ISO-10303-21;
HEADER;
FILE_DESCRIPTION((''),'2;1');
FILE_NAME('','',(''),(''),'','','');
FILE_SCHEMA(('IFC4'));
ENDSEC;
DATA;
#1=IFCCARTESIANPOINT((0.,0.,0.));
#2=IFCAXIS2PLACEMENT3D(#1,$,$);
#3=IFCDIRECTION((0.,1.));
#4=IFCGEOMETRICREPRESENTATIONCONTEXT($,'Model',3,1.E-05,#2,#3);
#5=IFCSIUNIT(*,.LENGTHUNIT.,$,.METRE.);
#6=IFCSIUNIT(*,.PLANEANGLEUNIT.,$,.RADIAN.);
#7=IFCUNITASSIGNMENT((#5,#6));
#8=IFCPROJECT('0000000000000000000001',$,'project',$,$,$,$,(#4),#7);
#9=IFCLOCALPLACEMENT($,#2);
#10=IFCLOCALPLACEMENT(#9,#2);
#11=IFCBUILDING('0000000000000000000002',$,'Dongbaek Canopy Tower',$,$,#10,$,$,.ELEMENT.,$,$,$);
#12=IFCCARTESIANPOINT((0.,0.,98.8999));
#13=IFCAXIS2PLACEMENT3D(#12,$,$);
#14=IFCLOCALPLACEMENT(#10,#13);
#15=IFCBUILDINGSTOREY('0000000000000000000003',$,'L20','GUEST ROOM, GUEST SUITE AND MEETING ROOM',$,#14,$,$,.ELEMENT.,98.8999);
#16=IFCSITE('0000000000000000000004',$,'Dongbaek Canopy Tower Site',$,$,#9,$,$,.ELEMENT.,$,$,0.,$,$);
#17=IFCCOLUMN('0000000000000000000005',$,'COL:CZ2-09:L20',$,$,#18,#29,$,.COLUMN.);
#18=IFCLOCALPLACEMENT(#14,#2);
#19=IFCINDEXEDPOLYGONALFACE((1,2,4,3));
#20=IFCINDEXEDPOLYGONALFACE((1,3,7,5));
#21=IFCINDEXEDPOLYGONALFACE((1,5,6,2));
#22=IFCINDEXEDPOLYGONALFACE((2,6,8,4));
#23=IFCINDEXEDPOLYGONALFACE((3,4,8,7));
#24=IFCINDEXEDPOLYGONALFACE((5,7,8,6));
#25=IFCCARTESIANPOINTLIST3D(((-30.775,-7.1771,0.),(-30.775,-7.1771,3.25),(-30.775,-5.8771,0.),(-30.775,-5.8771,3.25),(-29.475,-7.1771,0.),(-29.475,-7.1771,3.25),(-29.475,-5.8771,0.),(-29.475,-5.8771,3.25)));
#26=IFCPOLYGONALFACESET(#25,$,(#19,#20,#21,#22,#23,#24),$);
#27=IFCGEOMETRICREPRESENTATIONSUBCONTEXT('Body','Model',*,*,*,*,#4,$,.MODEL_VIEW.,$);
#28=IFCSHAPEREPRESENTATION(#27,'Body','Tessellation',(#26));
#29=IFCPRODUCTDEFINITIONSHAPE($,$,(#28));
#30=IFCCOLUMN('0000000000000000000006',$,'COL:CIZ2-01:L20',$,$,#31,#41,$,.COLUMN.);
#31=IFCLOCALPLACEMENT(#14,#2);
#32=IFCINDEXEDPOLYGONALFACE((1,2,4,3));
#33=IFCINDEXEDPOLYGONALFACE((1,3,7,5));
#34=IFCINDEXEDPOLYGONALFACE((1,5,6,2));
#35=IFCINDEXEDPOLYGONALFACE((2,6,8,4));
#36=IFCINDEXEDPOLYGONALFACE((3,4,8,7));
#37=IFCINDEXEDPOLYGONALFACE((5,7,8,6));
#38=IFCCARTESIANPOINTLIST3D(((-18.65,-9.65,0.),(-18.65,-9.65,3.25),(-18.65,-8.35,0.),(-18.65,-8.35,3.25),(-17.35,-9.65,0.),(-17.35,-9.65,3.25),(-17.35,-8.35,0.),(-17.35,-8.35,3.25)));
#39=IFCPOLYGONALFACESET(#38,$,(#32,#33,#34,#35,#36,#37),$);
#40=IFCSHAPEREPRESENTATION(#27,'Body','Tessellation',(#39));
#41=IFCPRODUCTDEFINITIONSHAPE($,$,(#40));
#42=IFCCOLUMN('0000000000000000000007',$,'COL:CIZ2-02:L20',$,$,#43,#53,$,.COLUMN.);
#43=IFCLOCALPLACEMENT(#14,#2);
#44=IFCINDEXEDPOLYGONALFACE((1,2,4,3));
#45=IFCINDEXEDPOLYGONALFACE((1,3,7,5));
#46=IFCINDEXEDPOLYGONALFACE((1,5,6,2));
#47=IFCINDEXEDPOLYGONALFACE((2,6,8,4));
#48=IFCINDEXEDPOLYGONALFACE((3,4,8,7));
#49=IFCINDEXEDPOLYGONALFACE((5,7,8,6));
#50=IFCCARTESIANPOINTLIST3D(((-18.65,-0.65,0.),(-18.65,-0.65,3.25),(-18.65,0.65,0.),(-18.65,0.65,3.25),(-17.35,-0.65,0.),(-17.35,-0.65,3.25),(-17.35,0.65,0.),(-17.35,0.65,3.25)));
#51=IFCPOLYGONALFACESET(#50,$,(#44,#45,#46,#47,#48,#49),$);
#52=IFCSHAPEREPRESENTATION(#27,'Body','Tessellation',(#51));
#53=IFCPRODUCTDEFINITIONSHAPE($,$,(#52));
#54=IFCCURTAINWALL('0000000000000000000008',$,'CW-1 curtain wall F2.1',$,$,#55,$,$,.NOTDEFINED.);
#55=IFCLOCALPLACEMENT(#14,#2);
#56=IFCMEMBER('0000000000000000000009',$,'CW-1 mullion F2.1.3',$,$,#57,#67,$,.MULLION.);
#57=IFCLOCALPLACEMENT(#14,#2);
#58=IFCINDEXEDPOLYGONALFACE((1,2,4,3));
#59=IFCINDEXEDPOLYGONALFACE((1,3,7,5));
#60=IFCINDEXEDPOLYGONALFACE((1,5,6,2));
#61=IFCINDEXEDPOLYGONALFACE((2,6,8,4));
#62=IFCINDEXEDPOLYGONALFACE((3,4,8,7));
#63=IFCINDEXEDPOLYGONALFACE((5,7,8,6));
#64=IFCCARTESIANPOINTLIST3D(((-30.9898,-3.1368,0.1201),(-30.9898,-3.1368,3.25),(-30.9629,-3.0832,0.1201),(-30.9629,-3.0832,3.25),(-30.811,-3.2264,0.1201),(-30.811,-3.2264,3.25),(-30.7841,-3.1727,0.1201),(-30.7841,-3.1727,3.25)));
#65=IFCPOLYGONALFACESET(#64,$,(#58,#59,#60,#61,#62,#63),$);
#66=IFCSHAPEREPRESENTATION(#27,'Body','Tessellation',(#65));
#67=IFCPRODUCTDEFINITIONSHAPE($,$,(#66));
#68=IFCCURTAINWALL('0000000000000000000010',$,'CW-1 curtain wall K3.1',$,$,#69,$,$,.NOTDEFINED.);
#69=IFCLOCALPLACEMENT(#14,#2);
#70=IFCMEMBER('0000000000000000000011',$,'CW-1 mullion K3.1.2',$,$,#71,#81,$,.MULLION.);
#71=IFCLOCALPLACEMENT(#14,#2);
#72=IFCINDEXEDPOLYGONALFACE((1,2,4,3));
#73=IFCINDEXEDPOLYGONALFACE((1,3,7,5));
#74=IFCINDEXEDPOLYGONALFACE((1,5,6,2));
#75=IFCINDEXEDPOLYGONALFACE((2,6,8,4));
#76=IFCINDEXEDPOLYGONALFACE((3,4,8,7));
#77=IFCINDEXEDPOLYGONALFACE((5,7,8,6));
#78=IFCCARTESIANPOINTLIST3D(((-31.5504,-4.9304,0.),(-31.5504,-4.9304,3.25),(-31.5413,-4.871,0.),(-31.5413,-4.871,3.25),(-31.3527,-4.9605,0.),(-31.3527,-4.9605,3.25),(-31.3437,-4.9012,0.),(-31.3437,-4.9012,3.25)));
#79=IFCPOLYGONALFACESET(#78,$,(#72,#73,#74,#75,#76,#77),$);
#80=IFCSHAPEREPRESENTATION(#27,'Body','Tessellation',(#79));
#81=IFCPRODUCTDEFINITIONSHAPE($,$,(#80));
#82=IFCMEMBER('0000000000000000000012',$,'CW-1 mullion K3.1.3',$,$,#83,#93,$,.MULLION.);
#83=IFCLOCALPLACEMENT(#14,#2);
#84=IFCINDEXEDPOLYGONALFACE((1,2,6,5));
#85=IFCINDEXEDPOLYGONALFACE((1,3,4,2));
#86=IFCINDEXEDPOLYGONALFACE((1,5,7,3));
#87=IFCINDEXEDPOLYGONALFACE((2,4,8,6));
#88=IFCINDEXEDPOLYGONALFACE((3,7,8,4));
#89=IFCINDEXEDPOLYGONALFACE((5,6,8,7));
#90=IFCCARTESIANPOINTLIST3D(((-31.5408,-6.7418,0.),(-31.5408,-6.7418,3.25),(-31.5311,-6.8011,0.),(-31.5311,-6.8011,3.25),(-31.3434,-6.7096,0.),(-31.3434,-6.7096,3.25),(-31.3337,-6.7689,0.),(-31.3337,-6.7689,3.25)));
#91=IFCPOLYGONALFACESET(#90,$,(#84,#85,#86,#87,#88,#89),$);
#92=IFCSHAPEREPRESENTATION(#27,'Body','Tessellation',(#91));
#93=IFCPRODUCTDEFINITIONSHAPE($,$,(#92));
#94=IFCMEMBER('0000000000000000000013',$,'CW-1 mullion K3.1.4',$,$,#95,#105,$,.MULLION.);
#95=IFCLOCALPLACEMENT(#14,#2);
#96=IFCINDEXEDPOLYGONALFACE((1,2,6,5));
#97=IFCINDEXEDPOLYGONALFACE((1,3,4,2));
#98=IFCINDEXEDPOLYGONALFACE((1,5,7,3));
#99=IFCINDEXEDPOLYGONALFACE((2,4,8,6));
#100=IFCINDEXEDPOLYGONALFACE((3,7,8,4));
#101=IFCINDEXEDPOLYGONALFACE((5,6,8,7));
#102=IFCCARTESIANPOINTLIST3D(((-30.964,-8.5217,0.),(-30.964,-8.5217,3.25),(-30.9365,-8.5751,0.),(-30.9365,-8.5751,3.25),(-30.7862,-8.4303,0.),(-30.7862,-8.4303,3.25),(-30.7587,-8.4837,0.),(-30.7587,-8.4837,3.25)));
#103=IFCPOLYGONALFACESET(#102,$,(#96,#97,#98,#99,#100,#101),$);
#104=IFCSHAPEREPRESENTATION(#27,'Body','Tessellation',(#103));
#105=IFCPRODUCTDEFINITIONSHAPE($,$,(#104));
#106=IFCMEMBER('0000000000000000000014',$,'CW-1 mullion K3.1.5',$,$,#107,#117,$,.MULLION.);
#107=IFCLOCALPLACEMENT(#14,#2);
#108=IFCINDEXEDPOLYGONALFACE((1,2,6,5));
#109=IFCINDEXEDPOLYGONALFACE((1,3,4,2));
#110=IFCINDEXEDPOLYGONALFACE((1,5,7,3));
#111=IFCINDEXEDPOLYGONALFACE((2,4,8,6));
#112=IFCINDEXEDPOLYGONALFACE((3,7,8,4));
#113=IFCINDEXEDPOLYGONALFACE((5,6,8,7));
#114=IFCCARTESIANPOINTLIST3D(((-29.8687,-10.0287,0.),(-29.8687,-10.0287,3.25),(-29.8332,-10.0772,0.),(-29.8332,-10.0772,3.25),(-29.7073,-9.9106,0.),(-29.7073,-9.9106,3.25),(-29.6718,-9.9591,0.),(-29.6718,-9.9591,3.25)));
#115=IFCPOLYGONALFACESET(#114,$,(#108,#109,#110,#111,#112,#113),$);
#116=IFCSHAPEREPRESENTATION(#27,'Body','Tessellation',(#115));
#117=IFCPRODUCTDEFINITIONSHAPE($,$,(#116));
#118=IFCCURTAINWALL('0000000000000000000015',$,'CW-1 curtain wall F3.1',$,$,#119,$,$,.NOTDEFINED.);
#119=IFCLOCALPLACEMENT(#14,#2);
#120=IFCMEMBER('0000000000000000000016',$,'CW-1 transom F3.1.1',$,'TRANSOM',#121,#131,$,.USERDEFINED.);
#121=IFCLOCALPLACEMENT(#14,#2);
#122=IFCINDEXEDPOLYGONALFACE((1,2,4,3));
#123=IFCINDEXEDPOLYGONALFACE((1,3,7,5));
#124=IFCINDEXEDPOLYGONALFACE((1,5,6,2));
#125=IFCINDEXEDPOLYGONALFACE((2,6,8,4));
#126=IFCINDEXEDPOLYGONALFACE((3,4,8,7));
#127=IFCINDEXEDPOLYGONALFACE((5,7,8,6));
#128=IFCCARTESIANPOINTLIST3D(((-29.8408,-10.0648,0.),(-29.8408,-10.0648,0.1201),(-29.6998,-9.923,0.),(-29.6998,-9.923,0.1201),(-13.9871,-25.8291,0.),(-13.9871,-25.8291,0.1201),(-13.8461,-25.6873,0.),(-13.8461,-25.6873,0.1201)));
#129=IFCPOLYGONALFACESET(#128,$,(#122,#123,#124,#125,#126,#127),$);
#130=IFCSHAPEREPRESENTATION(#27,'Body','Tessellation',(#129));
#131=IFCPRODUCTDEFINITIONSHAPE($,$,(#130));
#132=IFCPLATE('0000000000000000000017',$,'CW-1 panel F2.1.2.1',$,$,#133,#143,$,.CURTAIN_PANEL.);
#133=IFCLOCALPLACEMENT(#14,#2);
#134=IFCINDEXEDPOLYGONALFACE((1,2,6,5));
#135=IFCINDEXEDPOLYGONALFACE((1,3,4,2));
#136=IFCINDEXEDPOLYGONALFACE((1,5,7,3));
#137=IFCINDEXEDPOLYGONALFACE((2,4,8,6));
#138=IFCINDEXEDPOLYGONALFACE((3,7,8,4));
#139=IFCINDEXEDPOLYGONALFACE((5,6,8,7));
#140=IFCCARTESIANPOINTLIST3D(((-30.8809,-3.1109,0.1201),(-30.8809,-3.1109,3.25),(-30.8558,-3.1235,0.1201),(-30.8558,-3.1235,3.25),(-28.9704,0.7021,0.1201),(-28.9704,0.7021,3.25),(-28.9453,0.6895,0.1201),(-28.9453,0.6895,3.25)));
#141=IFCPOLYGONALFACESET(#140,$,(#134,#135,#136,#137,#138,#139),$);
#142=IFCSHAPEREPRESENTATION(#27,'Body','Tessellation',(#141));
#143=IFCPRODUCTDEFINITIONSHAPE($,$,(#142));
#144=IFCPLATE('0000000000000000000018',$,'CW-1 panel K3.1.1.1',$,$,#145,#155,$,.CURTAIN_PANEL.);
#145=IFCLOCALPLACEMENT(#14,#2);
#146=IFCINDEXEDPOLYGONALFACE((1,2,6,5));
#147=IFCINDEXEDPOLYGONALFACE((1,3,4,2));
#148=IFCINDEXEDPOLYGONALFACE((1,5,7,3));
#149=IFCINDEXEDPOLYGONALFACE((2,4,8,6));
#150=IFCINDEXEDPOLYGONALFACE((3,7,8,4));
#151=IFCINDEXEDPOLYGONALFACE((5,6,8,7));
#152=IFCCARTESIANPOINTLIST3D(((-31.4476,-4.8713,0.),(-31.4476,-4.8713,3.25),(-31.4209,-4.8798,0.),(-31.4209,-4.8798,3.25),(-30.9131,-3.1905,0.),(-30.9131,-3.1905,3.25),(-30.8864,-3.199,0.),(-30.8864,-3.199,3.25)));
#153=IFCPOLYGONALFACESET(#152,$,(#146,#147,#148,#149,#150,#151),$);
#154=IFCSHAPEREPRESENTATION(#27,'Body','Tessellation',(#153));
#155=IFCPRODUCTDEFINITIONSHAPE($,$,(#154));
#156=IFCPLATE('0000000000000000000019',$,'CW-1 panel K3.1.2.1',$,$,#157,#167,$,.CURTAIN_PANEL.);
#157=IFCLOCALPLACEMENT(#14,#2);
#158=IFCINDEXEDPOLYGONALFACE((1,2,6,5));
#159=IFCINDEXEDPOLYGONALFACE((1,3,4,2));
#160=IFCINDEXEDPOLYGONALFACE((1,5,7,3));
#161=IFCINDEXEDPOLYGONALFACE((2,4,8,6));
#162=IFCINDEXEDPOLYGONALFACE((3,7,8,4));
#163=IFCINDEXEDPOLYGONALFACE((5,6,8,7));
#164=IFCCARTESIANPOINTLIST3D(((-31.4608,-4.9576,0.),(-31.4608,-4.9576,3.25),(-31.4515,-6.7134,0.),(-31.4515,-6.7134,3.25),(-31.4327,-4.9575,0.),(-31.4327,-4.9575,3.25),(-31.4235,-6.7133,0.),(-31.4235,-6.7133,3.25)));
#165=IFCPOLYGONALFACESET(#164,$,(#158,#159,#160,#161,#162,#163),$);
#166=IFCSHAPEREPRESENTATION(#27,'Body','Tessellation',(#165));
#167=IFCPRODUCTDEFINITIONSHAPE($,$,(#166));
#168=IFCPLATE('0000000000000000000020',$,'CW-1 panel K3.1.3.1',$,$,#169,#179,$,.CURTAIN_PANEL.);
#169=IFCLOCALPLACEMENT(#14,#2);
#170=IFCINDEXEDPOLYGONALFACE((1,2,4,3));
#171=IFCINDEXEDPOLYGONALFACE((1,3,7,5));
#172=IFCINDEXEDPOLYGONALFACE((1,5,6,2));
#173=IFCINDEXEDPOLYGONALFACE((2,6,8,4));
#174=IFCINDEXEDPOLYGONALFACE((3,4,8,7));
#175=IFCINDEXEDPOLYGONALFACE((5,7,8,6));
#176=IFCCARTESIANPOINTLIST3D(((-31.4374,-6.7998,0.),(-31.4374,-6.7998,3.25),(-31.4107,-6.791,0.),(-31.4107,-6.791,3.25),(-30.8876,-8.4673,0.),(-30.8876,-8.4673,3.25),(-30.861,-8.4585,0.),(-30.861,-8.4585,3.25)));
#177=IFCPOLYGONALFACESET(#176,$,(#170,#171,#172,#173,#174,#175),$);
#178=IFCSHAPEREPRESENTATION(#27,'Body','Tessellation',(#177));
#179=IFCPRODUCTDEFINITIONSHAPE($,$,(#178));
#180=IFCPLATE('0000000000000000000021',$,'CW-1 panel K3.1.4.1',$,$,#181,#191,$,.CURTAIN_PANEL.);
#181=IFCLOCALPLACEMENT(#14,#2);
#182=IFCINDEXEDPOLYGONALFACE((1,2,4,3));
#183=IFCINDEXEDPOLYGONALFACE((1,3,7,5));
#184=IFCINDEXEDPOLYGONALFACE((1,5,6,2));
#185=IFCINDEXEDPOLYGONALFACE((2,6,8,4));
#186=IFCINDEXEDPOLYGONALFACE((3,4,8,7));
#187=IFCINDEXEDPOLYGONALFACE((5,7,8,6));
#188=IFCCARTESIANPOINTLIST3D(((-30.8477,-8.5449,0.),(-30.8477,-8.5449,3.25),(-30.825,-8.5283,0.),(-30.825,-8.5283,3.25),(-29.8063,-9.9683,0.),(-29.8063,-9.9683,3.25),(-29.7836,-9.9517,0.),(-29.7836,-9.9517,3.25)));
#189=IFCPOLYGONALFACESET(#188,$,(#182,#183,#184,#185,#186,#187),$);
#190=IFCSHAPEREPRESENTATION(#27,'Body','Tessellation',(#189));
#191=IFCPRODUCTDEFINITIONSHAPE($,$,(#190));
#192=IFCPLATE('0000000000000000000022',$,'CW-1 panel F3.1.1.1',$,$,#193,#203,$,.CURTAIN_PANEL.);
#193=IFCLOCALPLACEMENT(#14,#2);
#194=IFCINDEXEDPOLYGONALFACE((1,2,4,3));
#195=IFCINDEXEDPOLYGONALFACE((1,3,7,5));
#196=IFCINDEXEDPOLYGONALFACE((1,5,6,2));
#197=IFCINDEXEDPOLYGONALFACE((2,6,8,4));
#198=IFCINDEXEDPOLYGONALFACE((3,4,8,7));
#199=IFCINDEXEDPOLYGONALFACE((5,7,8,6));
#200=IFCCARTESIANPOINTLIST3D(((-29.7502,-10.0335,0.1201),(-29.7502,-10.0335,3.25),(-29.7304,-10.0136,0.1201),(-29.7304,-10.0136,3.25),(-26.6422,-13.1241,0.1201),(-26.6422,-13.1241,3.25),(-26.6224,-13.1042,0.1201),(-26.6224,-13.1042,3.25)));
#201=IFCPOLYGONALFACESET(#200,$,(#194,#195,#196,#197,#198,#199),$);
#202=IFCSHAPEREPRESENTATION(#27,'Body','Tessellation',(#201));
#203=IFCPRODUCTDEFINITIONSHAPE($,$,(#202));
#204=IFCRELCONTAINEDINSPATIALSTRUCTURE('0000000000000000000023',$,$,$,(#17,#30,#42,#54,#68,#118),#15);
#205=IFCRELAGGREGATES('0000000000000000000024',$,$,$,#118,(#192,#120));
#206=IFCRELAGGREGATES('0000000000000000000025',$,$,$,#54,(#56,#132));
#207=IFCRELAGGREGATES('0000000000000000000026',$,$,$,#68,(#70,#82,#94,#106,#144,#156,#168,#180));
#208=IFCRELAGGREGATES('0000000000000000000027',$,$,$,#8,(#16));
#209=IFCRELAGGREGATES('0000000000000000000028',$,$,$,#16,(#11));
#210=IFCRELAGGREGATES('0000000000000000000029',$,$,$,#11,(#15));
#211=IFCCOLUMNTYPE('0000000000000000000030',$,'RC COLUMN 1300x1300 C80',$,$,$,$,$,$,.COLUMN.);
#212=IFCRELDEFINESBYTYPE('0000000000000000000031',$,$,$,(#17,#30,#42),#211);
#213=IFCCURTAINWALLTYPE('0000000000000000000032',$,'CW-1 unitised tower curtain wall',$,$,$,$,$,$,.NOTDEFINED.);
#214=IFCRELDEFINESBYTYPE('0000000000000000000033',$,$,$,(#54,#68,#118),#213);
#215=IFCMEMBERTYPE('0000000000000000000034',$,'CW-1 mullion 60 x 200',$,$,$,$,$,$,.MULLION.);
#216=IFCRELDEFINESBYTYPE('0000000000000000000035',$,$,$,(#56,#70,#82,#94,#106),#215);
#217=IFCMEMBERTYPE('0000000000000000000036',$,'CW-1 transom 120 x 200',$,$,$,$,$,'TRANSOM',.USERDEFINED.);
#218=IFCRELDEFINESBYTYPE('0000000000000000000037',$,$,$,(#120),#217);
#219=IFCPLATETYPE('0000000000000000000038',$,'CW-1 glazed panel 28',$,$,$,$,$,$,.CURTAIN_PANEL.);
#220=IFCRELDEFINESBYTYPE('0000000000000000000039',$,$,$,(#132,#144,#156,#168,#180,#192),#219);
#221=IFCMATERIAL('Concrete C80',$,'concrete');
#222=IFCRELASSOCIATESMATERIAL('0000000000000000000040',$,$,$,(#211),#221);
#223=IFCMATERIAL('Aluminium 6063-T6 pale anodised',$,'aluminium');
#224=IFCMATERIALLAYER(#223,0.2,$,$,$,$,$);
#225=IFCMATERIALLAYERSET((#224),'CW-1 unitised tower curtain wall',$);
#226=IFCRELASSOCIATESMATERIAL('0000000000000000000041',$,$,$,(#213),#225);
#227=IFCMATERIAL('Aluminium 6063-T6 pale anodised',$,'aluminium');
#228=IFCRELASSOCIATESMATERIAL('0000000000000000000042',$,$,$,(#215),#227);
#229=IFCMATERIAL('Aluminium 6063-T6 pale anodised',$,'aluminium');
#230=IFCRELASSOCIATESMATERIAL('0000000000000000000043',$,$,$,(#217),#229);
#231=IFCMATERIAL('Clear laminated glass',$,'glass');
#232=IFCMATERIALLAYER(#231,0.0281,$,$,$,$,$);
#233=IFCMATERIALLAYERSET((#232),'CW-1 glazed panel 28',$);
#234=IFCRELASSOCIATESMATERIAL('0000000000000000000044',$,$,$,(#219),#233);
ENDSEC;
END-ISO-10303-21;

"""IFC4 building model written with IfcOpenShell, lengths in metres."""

from ifc_helpers import new_model, si_unit, direction, frame, origin, origin_2d, place, context, subcontext, project, spatial, rectangle, extrude, material, layer, layer_set, material_profile, profile_set, type_object, element, aggregate, save


model = new_model("IFC4")

# Units and contexts
model_context = context("Model", 3, precision=1e-05, world=origin(), true_north=direction((0.0, 1.0)))
body_context = subcontext(model_context, "Body", "Model", "MODEL_VIEW")
ifc_project = project(units=[si_unit("LENGTHUNIT", "METRE"), si_unit("PLANEANGLEUNIT", "RADIAN")], contexts=[model_context])

# Site, building, storey
site_placement = place(None, origin())
site = spatial("IfcSite", under=ifc_project, at=site_placement, Name="Dongbaek Canopy Tower Site", CompositionType="ELEMENT", RefElevation=0.0)
building_placement = place(site_placement, origin())
building = spatial("IfcBuilding", under=site, at=building_placement, Name="Dongbaek Canopy Tower", CompositionType="ELEMENT")
storey_placement = place(building_placement, frame((0.0, 0.0, 98.8999)))
storey = spatial("IfcBuildingStorey", under=building, at=storey_placement, Name="L20", Description="GUEST ROOM, GUEST SUITE AND MEETING ROOM", CompositionType="ELEMENT", Elevation=98.8999)

# Columns
ifc_material_1 = material(Name="Concrete C80", Category="concrete")
ifc_material_profile_1 = material_profile(ifc_material_1, rectangle(XDim=1.3, YDim=1.3, at=origin_2d()), Name="RC COLUMN 1300x1300 C80")
ifc_profile_set_1 = profile_set([ifc_material_profile_1], Name="Concrete C80")
column_type = type_object("IfcColumnType", Name="RC COLUMN 1300x1300 C80", PredefinedType="COLUMN", material=ifc_profile_set_1)
for number, where, z_axis, x_axis, name in (
    (1, (-30.125, -6.5271, 0.0), (0.0, 0.0, 1.0), (1.0, 0.0, 0.0), "COL:CZ2-09:L20"),
    (2, (-18.0, -9.0, 0.0), (0.0, 0.0, 1.0), (1.0, 0.0, 0.0), "COL:CIZ2-01:L20"),
    (3, (-18.0, 0.0, 0.0), (0.0, 0.0, 1.0), (1.0, 0.0, 0.0), "COL:CIZ2-02:L20"),
):
    element("IfcColumn", number, at=place(storey_placement, frame(where, z_axis=z_axis, x_axis=x_axis)), inside=storey, type_object=column_type, Name=name, PredefinedType="COLUMN", context=body_context, shape_type="SweptSolid", body=[
        extrude(rectangle(XDim=1.3, YDim=1.3, at=origin_2d()), origin(), (0.0, 0.0, 1.0), 3.25),
    ])

# Curtain wall, member
ifc_material_2 = material(Name="Aluminium 6063-T6 pale anodised", Category="aluminium")
ifc_layer_1 = layer(ifc_material_2, 0.2)
ifc_layer_set_1 = layer_set([ifc_layer_1], Name="CW-1 unitised tower curtain wall")
curtain_wall_type = type_object("IfcCurtainWallType", Name="CW-1 unitised tower curtain wall", PredefinedType="NOTDEFINED", material=ifc_layer_set_1)
curtain_wall_1_placement = place(storey_placement, origin())
curtain_wall_1 = element("IfcCurtainWall", 4, at=curtain_wall_1_placement, inside=storey, type_object=curtain_wall_type, Name="CW-1 curtain wall F2.1", PredefinedType="NOTDEFINED")
ifc_material_3 = material(Name="Aluminium 6063-T6 pale anodised", Category="aluminium")
ifc_material_profile_2 = material_profile(ifc_material_3, rectangle(XDim=0.2, YDim=0.0601, at=origin_2d()), Name="CW-1 mullion 60 x 200")
ifc_profile_set_2 = profile_set([ifc_material_profile_2], Name="Aluminium 6063-T6 pale anodised")
member_type_1 = type_object("IfcMemberType", Name="CW-1 mullion 60 x 200", PredefinedType="MULLION", material=ifc_profile_set_2)
member_1_placement = place(storey_placement, frame((-30.887, -3.1548, 0.1201), z_axis=(0.0, 0.0, 1.0), x_axis=(-0.894056, 0.447956, 0.0)))
member_1 = element("IfcMember", 5, at=member_1_placement, type_object=member_type_1, Name="CW-1 mullion F2.1.3", PredefinedType="MULLION", context=body_context, shape_type="SweptSolid", body=[
    extrude(rectangle(XDim=0.2, YDim=0.0601, at=origin_2d()), origin(), (0.0, 0.0, 1.0), 3.1299),
])

# Curtain wall, members
curtain_wall_2_placement = place(storey_placement, origin())
curtain_wall_2 = element("IfcCurtainWall", 6, at=curtain_wall_2_placement, inside=storey, type_object=curtain_wall_type, Name="CW-1 curtain wall K3.1", PredefinedType="NOTDEFINED")
member_2_placement = place(storey_placement, frame((-31.447, -4.9158, 0.0), z_axis=(0.0, 0.0, 1.0), x_axis=(-0.988576, 0.150725, 0.0)))
member_2 = element("IfcMember", 7, at=member_2_placement, type_object=member_type_1, Name="CW-1 mullion K3.1.2", PredefinedType="MULLION", context=body_context, shape_type="SweptSolid", body=[
    extrude(rectangle(XDim=0.2, YDim=0.0601, at=origin_2d()), origin(), (0.0, 0.0, 1.0), 3.25),
])
member_3_placement = place(storey_placement, frame((-31.4373, -6.7554, 0.0), z_axis=(0.0, 0.0, 1.0), x_axis=(-0.986927, -0.161168, 0.0)))
member_3 = element("IfcMember", 8, at=member_3_placement, type_object=member_type_1, Name="CW-1 mullion K3.1.3", PredefinedType="MULLION", context=body_context, shape_type="SweptSolid", body=[
    extrude(rectangle(XDim=0.2, YDim=0.0601, at=origin_2d()), origin(), (0.0, 0.0, 1.0), 3.25),
])
member_4_placement = place(storey_placement, frame((-30.8613, -8.5027, 0.0), z_axis=(0.0, 0.0, 1.0), x_axis=(-0.88927, -0.457382, 0.0)))
member_4 = element("IfcMember", 9, at=member_4_placement, type_object=member_type_1, Name="CW-1 mullion K3.1.4", PredefinedType="MULLION", context=body_context, shape_type="SweptSolid", body=[
    extrude(rectangle(XDim=0.2, YDim=0.0601, at=origin_2d()), origin(), (0.0, 0.0, 1.0), 3.25),
])
member_5_placement = place(storey_placement, frame((-29.7703, -9.9939, 0.0), z_axis=(0.0, 0.0, 1.0), x_axis=(-0.807062, -0.590467, 0.0)))
member_5 = element("IfcMember", 10, at=member_5_placement, type_object=member_type_1, Name="CW-1 mullion K3.1.5", PredefinedType="MULLION", context=body_context, shape_type="SweptSolid", body=[
    extrude(rectangle(XDim=0.2, YDim=0.0601, at=origin_2d()), origin(), (0.0, 0.0, 1.0), 3.25),
])

# Curtain wall, member
curtain_wall_3_placement = place(storey_placement, origin())
curtain_wall_3 = element("IfcCurtainWall", 11, at=curtain_wall_3_placement, inside=storey, type_object=curtain_wall_type, Name="CW-1 curtain wall F3.1", PredefinedType="NOTDEFINED")
ifc_material_4 = material(Name="Aluminium 6063-T6 pale anodised", Category="aluminium")
ifc_material_profile_3 = material_profile(ifc_material_4, rectangle(XDim=0.2, YDim=0.1201, at=origin_2d()), Name="CW-1 transom 120 x 200")
ifc_profile_set_3 = profile_set([ifc_material_profile_3], Name="Aluminium 6063-T6 pale anodised")
member_type_2 = type_object("IfcMemberType", Name="CW-1 transom 120 x 200", ElementType="TRANSOM", PredefinedType="USERDEFINED", material=ifc_profile_set_3)
member_6_placement = place(storey_placement, frame((-29.7703, -9.9939, 0.0601), z_axis=(0.709102, -0.705106, 0.0), x_axis=(0.705106, 0.709102, 0.0)))
member_6 = element("IfcMember", 12, at=member_6_placement, type_object=member_type_2, Name="CW-1 transom F3.1.1", ObjectType="TRANSOM", PredefinedType="USERDEFINED", context=body_context, shape_type="SweptSolid", body=[
    extrude(rectangle(XDim=0.2, YDim=0.1201, at=origin_2d()), origin(), (0.0, 0.0, 1.0), 22.3574),
])

# Plates
ifc_material_5 = material(Name="Clear laminated glass", Category="glass")
ifc_layer_2 = layer(ifc_material_5, 0.0281)
ifc_layer_set_2 = layer_set([ifc_layer_2], Name="CW-1 glazed panel 28")
plate_type = type_object("IfcPlateType", Name="CW-1 glazed panel 28", PredefinedType="CURTAIN_PANEL", material=ifc_layer_set_2)
plate_1_placement = place(storey_placement, frame((-29.9131, -1.2107, 0.1201), z_axis=(0.0, 0.0, 1.0), x_axis=(-0.447956, -0.894056, 0.0)))
plate_1 = element("IfcPlate", 13, at=plate_1_placement, type_object=plate_type, Name="CW-1 panel F2.1.2.1", PredefinedType="CURTAIN_PANEL", context=body_context, shape_type="SweptSolid", body=[
    extrude(rectangle(XDim=4.2649, YDim=0.0281, at=origin_2d()), origin(), (0.0, 0.0, 1.0), 3.1299),
])
plate_2_placement = place(storey_placement, frame((-31.167, -4.0352, 0.0), z_axis=(0.0, 0.0, 1.0), x_axis=(-0.303048, -0.952975, 0.0)))
plate_2 = element("IfcPlate", 14, at=plate_2_placement, type_object=plate_type, Name="CW-1 panel K3.1.1.1", PredefinedType="CURTAIN_PANEL", context=body_context, shape_type="SweptSolid", body=[
    extrude(rectangle(XDim=1.7637, YDim=0.0281, at=origin_2d()), origin(), (0.0, 0.0, 1.0), 3.25),
])
plate_3_placement = place(storey_placement, frame((-31.4421, -5.8354, 0.0), z_axis=(0.0, 0.0, 1.0), x_axis=(0.005286, -0.999986, 0.0)))
plate_3 = element("IfcPlate", 15, at=plate_3_placement, type_object=plate_type, Name="CW-1 panel K3.1.2.1", PredefinedType="CURTAIN_PANEL", context=body_context, shape_type="SweptSolid", body=[
    extrude(rectangle(XDim=1.7559, YDim=0.0281, at=origin_2d()), origin(), (0.0, 0.0, 1.0), 3.25),
])
plate_4_placement = place(storey_placement, frame((-31.1492, -7.6292, 0.0), z_axis=(0.0, 0.0, 1.0), x_axis=(0.313106, -0.949718, 0.0)))
plate_4 = element("IfcPlate", 16, at=plate_4_placement, type_object=plate_type, Name="CW-1 panel K3.1.3.1", PredefinedType="CURTAIN_PANEL", context=body_context, shape_type="SweptSolid", body=[
    extrude(rectangle(XDim=1.7559, YDim=0.0281, at=origin_2d()), origin(), (0.0, 0.0, 1.0), 3.25),
])
plate_5_placement = place(storey_placement, frame((-30.3157, -9.2483, 0.0), z_axis=(0.0, 0.0, 1.0), x_axis=(0.590467, -0.807062, 0.0)))
plate_5 = element("IfcPlate", 17, at=plate_5_placement, type_object=plate_type, Name="CW-1 panel K3.1.4.1", PredefinedType="CURTAIN_PANEL", context=body_context, shape_type="SweptSolid", body=[
    extrude(rectangle(XDim=1.7637, YDim=0.0281, at=origin_2d()), origin(), (0.0, 0.0, 1.0), 3.25),
])
plate_6_placement = place(storey_placement, frame((-28.1863, -11.5688, 0.1201), z_axis=(0.0, 0.0, 1.0), x_axis=(0.709103, -0.705105, 0.0)))
plate_6 = element("IfcPlate", 18, at=plate_6_placement, type_object=plate_type, Name="CW-1 panel F3.1.1.1", PredefinedType="CURTAIN_PANEL", context=body_context, shape_type="SweptSolid", body=[
    extrude(rectangle(XDim=4.3831, YDim=0.0281, at=origin_2d()), origin(), (0.0, 0.0, 1.0), 3.1299),
])
aggregate(curtain_wall_3, [plate_6, member_6])

aggregate(curtain_wall_1, [member_1, plate_1])
aggregate(curtain_wall_2, [member_2, member_3, member_4, member_5, plate_2, plate_3, plate_4, plate_5])

save(model, "model.ifc")
